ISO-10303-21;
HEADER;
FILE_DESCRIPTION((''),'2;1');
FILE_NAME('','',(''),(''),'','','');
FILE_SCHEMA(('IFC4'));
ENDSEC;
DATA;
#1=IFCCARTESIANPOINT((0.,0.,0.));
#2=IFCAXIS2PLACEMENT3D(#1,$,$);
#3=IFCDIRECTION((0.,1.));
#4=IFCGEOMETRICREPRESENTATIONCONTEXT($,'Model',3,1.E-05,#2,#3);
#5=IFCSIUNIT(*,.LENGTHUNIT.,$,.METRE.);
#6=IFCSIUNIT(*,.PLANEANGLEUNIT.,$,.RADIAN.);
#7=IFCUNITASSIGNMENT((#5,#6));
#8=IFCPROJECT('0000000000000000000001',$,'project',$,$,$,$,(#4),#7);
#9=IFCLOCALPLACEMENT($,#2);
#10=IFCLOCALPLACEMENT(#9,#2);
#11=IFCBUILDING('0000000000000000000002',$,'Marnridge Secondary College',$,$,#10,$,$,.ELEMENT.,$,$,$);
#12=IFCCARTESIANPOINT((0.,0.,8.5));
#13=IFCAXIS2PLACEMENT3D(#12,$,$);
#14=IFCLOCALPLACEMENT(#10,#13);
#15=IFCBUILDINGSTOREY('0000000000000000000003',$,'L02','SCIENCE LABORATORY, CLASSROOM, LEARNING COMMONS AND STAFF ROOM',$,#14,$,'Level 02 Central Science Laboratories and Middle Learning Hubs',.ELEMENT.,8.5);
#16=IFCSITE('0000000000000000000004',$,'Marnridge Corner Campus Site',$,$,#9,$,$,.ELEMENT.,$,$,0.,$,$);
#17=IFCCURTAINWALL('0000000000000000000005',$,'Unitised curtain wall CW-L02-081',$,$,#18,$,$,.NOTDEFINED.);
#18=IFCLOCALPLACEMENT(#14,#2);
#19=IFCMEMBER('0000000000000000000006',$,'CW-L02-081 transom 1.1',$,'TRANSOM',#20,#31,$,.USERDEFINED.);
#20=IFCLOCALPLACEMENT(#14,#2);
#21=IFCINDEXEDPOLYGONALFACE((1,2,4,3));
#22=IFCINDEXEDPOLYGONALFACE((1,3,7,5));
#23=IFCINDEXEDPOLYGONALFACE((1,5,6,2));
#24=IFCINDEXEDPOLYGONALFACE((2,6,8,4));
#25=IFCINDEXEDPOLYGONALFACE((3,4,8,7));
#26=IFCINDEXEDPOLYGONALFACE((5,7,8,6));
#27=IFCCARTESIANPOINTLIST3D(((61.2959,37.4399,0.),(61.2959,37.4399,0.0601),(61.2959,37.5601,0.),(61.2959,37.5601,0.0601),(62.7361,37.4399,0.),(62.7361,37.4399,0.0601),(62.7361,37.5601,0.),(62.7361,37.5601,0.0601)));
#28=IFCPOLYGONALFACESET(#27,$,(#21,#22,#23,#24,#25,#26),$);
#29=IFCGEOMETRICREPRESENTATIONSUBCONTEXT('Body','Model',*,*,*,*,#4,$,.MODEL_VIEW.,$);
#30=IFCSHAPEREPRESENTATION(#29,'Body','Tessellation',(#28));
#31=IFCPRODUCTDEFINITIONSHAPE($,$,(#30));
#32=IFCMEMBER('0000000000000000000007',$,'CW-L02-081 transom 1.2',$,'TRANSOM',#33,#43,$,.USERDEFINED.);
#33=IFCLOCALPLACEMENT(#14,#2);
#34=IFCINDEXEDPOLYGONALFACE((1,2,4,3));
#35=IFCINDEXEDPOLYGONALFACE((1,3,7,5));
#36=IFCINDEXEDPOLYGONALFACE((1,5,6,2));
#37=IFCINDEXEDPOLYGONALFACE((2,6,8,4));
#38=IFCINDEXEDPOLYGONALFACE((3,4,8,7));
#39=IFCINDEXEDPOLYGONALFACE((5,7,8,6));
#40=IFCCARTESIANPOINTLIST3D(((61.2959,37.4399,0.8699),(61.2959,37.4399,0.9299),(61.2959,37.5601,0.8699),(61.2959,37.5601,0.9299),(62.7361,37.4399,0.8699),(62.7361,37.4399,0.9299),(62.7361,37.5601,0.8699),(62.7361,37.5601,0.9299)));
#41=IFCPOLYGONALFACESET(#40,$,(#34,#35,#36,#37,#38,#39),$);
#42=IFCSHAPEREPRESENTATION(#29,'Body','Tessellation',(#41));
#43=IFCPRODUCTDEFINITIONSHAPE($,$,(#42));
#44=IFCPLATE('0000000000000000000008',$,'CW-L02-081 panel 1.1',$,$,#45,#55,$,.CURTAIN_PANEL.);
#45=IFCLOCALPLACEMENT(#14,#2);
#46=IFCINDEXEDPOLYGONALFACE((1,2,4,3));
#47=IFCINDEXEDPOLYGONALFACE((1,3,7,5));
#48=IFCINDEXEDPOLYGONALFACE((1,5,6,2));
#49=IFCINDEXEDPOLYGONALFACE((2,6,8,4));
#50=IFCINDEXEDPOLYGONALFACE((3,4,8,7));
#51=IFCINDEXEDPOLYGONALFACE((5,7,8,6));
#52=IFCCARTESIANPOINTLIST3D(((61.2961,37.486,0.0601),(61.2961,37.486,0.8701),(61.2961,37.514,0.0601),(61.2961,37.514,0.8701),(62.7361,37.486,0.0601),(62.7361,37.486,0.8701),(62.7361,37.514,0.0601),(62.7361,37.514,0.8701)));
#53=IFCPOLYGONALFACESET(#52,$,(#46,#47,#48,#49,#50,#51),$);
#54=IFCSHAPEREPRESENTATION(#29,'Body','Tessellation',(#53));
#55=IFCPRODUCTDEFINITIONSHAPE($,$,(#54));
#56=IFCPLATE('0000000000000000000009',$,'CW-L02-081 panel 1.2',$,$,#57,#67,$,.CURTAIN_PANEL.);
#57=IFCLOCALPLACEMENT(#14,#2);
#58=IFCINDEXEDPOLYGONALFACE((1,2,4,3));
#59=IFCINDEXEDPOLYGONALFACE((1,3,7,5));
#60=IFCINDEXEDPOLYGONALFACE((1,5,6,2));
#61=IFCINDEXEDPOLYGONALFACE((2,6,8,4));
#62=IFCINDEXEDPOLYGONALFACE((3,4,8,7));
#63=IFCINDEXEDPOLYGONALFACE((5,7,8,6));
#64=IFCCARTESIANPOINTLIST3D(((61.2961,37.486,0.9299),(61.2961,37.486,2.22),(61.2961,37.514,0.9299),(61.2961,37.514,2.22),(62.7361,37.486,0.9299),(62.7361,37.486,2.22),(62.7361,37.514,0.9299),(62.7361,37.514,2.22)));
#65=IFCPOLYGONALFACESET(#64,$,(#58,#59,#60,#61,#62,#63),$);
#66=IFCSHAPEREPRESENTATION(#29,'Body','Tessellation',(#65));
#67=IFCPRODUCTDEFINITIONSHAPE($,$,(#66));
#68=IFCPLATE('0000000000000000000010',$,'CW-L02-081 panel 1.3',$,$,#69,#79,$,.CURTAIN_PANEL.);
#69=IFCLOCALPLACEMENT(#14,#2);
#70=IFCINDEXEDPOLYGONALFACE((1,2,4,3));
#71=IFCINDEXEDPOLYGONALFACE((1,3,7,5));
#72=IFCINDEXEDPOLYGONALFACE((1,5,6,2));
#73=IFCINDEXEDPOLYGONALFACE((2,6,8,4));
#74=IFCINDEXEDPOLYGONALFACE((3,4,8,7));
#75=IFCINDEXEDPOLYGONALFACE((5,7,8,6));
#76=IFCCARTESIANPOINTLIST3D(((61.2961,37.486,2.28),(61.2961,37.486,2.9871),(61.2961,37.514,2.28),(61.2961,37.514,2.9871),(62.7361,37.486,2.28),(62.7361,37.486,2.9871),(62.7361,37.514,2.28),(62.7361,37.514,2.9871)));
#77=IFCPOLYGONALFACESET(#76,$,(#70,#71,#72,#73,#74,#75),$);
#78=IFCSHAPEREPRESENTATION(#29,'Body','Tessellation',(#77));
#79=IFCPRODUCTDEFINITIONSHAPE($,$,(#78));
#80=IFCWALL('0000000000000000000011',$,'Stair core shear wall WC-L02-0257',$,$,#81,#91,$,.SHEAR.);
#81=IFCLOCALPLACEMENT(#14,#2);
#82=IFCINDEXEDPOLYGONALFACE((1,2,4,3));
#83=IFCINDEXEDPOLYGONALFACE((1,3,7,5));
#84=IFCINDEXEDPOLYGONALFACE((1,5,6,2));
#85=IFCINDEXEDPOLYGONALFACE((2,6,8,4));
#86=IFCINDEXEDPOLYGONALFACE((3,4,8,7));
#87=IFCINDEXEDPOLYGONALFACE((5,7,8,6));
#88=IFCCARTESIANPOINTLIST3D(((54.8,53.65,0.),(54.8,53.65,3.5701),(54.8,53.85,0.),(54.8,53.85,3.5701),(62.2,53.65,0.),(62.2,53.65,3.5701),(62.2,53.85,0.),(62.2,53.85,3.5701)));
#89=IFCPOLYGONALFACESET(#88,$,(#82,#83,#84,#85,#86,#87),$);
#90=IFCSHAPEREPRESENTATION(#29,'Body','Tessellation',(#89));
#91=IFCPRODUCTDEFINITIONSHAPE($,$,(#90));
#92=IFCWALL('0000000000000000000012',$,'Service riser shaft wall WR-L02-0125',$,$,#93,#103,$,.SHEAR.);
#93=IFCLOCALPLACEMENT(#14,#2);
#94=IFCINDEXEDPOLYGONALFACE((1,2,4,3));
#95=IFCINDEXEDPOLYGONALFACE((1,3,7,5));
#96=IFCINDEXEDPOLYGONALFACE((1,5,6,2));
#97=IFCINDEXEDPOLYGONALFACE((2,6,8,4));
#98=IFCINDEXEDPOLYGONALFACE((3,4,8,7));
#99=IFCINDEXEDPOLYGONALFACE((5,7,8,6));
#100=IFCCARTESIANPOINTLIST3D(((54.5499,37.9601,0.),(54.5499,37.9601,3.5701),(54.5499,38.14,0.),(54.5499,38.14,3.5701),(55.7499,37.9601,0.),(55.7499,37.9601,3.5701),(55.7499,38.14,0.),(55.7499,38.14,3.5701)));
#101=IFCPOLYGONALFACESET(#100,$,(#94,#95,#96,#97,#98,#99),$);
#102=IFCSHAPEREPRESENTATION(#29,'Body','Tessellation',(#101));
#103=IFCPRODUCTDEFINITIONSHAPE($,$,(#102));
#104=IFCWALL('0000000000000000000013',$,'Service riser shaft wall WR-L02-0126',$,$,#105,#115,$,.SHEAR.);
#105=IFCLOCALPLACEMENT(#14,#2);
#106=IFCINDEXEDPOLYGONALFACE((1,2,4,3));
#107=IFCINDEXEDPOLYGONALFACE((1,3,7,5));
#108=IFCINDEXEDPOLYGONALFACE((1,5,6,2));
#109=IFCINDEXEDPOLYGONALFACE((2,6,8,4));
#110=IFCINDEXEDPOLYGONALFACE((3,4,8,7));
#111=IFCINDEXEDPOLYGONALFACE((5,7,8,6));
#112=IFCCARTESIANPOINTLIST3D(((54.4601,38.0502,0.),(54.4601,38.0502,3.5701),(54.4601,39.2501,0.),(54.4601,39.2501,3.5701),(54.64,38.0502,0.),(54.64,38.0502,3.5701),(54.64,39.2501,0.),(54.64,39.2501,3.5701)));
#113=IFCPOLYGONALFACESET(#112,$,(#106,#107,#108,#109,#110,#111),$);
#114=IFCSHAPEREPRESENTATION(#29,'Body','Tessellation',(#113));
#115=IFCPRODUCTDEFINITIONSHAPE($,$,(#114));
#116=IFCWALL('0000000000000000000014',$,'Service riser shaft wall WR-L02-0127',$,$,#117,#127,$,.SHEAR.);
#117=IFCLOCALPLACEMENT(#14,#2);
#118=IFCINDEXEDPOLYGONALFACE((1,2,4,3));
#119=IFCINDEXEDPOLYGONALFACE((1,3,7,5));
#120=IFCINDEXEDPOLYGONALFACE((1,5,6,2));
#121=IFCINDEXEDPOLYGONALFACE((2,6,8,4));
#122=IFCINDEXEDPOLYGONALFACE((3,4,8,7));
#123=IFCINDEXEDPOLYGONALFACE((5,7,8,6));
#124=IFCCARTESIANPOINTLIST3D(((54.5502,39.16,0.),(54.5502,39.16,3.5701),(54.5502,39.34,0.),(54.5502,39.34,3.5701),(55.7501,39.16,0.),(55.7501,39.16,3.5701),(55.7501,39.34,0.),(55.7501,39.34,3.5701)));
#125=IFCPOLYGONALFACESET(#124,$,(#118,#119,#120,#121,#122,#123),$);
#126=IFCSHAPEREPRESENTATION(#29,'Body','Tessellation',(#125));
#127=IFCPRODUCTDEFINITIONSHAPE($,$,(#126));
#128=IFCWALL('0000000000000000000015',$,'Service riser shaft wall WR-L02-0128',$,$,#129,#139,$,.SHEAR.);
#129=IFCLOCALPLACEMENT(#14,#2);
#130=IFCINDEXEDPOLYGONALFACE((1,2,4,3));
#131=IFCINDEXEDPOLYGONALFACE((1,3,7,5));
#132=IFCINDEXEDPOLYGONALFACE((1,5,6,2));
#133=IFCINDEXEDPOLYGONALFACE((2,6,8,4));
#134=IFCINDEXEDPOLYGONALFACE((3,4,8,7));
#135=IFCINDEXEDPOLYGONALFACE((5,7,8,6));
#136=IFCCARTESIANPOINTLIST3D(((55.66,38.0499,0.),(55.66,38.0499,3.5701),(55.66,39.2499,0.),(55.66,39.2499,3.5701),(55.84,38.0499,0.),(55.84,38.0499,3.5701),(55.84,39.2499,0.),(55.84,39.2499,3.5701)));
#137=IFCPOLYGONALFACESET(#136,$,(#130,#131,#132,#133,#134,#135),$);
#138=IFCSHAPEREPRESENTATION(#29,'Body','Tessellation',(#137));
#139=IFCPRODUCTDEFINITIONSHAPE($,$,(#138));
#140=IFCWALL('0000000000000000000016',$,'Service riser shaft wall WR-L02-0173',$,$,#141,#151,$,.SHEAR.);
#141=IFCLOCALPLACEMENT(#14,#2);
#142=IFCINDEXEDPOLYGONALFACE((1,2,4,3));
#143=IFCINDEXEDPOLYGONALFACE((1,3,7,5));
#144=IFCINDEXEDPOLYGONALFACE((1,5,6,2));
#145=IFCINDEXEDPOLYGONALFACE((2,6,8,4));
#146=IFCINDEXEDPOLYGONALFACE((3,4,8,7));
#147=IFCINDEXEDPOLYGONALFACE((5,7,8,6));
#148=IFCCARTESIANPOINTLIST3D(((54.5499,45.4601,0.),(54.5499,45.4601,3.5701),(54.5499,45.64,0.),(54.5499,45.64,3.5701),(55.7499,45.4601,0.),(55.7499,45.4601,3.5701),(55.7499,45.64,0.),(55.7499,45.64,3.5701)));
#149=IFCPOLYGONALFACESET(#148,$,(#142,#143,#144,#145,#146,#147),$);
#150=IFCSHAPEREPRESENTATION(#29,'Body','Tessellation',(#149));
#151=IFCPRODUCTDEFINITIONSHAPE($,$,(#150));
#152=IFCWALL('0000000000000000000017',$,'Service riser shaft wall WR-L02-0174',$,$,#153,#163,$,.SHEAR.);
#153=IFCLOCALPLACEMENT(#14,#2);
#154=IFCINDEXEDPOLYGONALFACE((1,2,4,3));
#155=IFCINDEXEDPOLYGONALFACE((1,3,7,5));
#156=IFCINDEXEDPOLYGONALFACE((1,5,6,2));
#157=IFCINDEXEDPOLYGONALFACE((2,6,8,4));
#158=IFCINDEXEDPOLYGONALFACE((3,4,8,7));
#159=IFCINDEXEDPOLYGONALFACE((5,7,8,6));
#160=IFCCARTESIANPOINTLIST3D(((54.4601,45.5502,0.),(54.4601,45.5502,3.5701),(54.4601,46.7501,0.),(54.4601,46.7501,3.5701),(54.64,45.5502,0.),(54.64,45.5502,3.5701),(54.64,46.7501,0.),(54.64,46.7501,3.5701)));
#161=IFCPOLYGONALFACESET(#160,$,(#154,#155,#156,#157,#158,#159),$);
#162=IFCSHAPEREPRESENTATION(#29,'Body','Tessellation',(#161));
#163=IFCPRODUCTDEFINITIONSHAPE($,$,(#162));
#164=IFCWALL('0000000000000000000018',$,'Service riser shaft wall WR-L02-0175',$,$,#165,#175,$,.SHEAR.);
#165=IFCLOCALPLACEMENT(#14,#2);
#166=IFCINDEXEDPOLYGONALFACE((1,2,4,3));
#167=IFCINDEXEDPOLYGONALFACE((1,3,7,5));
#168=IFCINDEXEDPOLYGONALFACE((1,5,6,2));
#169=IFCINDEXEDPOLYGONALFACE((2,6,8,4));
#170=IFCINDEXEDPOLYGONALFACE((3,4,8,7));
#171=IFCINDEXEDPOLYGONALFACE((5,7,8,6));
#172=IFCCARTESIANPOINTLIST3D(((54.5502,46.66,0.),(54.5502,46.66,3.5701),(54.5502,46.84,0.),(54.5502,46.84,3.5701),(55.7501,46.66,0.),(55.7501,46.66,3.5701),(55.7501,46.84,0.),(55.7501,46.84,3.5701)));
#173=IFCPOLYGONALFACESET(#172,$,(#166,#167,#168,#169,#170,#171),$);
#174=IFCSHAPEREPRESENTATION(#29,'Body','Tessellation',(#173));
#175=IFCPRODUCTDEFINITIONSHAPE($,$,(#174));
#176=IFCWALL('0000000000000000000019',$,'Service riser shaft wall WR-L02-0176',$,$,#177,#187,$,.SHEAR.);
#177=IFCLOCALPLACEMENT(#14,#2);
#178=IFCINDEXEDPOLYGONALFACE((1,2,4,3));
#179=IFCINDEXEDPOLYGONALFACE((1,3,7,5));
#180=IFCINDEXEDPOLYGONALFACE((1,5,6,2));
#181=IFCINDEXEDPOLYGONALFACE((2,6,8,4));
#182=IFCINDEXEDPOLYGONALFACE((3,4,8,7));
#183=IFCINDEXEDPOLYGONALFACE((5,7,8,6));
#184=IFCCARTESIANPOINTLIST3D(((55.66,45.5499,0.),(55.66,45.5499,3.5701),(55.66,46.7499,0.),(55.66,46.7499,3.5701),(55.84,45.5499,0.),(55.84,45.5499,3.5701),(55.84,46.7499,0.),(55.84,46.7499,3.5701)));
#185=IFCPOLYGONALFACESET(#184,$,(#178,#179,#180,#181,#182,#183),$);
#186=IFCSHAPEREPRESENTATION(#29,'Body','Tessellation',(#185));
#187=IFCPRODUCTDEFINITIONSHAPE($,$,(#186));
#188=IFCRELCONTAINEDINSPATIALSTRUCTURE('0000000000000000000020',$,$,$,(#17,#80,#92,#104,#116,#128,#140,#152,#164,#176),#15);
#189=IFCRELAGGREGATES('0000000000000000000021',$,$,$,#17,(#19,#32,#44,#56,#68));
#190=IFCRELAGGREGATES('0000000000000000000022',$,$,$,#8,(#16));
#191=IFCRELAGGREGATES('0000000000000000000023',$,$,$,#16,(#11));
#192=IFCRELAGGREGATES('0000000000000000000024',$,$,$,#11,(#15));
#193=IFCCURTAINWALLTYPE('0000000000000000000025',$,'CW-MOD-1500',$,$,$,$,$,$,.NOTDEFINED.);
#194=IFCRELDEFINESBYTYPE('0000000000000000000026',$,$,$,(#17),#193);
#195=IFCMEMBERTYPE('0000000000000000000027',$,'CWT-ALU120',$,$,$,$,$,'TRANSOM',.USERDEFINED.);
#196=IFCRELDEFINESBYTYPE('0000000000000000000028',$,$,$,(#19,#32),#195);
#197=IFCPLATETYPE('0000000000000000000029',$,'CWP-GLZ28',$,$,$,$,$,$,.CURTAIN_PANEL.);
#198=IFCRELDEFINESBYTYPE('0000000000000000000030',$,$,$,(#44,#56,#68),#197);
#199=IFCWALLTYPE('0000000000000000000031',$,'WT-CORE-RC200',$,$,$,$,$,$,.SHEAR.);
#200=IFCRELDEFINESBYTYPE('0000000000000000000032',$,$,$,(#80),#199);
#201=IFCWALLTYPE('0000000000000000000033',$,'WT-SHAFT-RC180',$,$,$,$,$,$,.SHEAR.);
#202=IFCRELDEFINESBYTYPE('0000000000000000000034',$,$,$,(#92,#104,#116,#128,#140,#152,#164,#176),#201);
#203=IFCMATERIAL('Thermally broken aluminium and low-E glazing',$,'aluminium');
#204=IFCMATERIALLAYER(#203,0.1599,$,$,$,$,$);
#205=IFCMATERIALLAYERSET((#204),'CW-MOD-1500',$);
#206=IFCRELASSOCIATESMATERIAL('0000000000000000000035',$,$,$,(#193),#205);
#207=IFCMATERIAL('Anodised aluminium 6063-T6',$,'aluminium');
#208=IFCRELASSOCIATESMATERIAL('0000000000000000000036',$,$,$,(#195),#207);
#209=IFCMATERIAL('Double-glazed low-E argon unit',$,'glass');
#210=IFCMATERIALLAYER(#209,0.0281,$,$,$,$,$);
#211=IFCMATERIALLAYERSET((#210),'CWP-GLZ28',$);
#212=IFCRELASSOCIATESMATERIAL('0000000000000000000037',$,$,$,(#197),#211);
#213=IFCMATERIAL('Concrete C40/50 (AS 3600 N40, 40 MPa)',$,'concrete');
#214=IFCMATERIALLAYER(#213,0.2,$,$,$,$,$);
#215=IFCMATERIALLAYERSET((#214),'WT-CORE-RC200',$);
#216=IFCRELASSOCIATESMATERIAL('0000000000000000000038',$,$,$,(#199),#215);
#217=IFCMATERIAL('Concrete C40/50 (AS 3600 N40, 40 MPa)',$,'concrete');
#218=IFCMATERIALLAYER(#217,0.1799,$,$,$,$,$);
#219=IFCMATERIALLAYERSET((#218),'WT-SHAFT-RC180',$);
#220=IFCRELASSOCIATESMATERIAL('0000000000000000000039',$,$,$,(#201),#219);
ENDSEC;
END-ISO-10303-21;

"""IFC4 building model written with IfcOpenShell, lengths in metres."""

from ifc_helpers import new_model, si_unit, direction, frame, frame_2d, origin, origin_2d, place, context, subcontext, project, spatial, rectangle, extrude, material, layer, layer_set, material_profile, profile_set, type_object, element, aggregate, save


model = new_model("IFC4")

# Units and contexts
model_context = context("Model", 3, precision=1e-05, world=origin(), true_north=direction((0.0, 1.0)))
body_context = subcontext(model_context, "Body", "Model", "MODEL_VIEW")
ifc_project = project(units=[si_unit("LENGTHUNIT", "METRE"), si_unit("PLANEANGLEUNIT", "RADIAN")], contexts=[model_context])

# Site, building, storey
site_placement = place(None, origin())
site = spatial("IfcSite", under=ifc_project, at=site_placement, Name="Marnridge Corner Campus Site", CompositionType="ELEMENT", RefElevation=0.0)
building_placement = place(site_placement, origin())
building = spatial("IfcBuilding", under=site, at=building_placement, Name="Marnridge Secondary College", CompositionType="ELEMENT")
storey_placement = place(building_placement, frame((0.0, 0.0, 8.5)))
storey = spatial("IfcBuildingStorey", under=building, at=storey_placement, Name="L02", Description="SCIENCE LABORATORY, CLASSROOM, LEARNING COMMONS AND STAFF ROOM", LongName="Level 02 Central Science Laboratories and Middle Learning Hubs", CompositionType="ELEMENT", Elevation=8.5)

# Curtain wall, members, plates
ifc_material_1 = material(Name="Thermally broken aluminium and low-E glazing", Category="aluminium")
ifc_layer_1 = layer(ifc_material_1, 0.1599)
ifc_layer_set_1 = layer_set([ifc_layer_1], Name="CW-MOD-1500")
curtain_wall_type = type_object("IfcCurtainWallType", Name="CW-MOD-1500", PredefinedType="NOTDEFINED", material=ifc_layer_set_1)
curtain_wall_placement = place(storey_placement, origin())
curtain_wall = element("IfcCurtainWall", 1, at=curtain_wall_placement, inside=storey, type_object=curtain_wall_type, Name="Unitised curtain wall CW-L02-081", PredefinedType="NOTDEFINED")
ifc_material_2 = material(Name="Anodised aluminium 6063-T6", Category="aluminium")
ifc_material_profile_1 = material_profile(ifc_material_2, rectangle(XDim=0.0601, YDim=0.1201, at=origin_2d()), Name="ALU 60x120")
ifc_profile_set_1 = profile_set([ifc_material_profile_1], Name="Anodised aluminium 6063-T6")
member_type_1 = type_object("IfcMemberType", Name="CWT-ALU120", ElementType="TRANSOM", PredefinedType="USERDEFINED", material=ifc_profile_set_1)
member_1_placement = place(storey_placement, frame((62.7361, 37.5, 0.03), z_axis=(-1.0, 0.0, 0.0), x_axis=(0.0, 0.0, 1.0)))
member_1 = element("IfcMember", 2, at=member_1_placement, type_object=member_type_1, Name="CW-L02-081 transom 1.1", ObjectType="TRANSOM", PredefinedType="USERDEFINED", context=body_context, shape_type="SweptSolid", body=[
    extrude(rectangle(XDim=0.0601, YDim=0.1201, at=origin_2d()), origin(), (0.0, 0.0, 1.0), 1.4402),
])
member_2_placement = place(storey_placement, frame((62.7361, 37.5, 0.8999), z_axis=(-1.0, 0.0, 0.0), x_axis=(0.0, 0.0, 1.0)))
member_2 = element("IfcMember", 3, at=member_2_placement, type_object=member_type_1, Name="CW-L02-081 transom 1.2", ObjectType="TRANSOM", PredefinedType="USERDEFINED", context=body_context, shape_type="SweptSolid", body=[
    extrude(rectangle(XDim=0.0601, YDim=0.1201, at=origin_2d()), origin(), (0.0, 0.0, 1.0), 1.4402),
])
ifc_material_3 = material(Name="Double-glazed low-E argon unit", Category="glass")
ifc_layer_2 = layer(ifc_material_3, 0.0281)
ifc_layer_set_2 = layer_set([ifc_layer_2], Name="CWP-GLZ28")
plate_type = type_object("IfcPlateType", Name="CWP-GLZ28", PredefinedType="CURTAIN_PANEL", material=ifc_layer_set_2)
plate_1_placement = place(storey_placement, frame((62.0161, 37.5, 0.0601), z_axis=(0.0, 0.0, 1.0), x_axis=(-1.0, 0.0, 0.0)))
plate_1 = element("IfcPlate", 4, at=plate_1_placement, type_object=plate_type, Name="CW-L02-081 panel 1.1", PredefinedType="CURTAIN_PANEL", context=body_context, shape_type="SweptSolid", body=[
    extrude(rectangle(XDim=1.4399, YDim=0.0281, at=origin_2d()), origin(), (0.0, 0.0, 1.0), 0.8101),
])
plate_2_placement = place(storey_placement, frame((62.0161, 37.5, 0.9299), z_axis=(0.0, 0.0, 1.0), x_axis=(-1.0, 0.0, 0.0)))
plate_2 = element("IfcPlate", 5, at=plate_2_placement, type_object=plate_type, Name="CW-L02-081 panel 1.2", PredefinedType="CURTAIN_PANEL", context=body_context, shape_type="SweptSolid", body=[
    extrude(rectangle(XDim=1.4399, YDim=0.0281, at=origin_2d()), origin(), (0.0, 0.0, 1.0), 1.29),
])
plate_3_placement = place(storey_placement, frame((62.0161, 37.5, 2.28), z_axis=(0.0, 0.0, 1.0), x_axis=(-1.0, 0.0, 0.0)))
plate_3 = element("IfcPlate", 6, at=plate_3_placement, type_object=plate_type, Name="CW-L02-081 panel 1.3", PredefinedType="CURTAIN_PANEL", context=body_context, shape_type="SweptSolid", body=[
    extrude(rectangle(XDim=1.4399, YDim=0.0281, at=origin_2d()), origin(), (0.0, 0.0, 1.0), 0.707),
])
aggregate(curtain_wall, [member_1, member_2, plate_1, plate_2, plate_3])

# Wall
ifc_material_4 = material(Name="Concrete C40/50 (AS 3600 N40, 40 MPa)", Category="concrete")
ifc_layer_3 = layer(ifc_material_4, 0.2)
ifc_layer_set_3 = layer_set([ifc_layer_3], Name="WT-CORE-RC200")
wall_type_1 = type_object("IfcWallType", Name="WT-CORE-RC200", PredefinedType="SHEAR", material=ifc_layer_set_3)
wall_1_placement = place(storey_placement, frame((54.8, 53.75, 0.0), z_axis=(0.0, 0.0, 1.0), x_axis=(1.0, 0.0, 0.0)))
element("IfcWall", 7, at=wall_1_placement, inside=storey, type_object=wall_type_1, Name="Stair core shear wall WC-L02-0257", PredefinedType="SHEAR", context=body_context, shape_type="SweptSolid", body=[
    extrude(rectangle(XDim=7.3999, YDim=0.2, at=frame_2d((3.7, 0.0))), origin(), (0.0, 0.0, 1.0), 3.5701),
])

# Walls
ifc_material_5 = material(Name="Concrete C40/50 (AS 3600 N40, 40 MPa)", Category="concrete")
ifc_layer_4 = layer(ifc_material_5, 0.1799)
ifc_layer_set_4 = layer_set([ifc_layer_4], Name="WT-SHAFT-RC180")
wall_type_2 = type_object("IfcWallType", Name="WT-SHAFT-RC180", PredefinedType="SHEAR", material=ifc_layer_set_4)
for number, where, z_axis, x_axis, name in (
    (8, (55.75, 38.05, 0.0), (0.0, 0.0, 1.0), (-1.0, 0.0, 0.0), "Service riser shaft wall WR-L02-0125"),
    (9, (54.55, 38.05, 0.0), (0.0, 0.0, 1.0), (0.0, 1.0, 0.0), "Service riser shaft wall WR-L02-0126"),
    (10, (54.55, 39.25, 0.0), (0.0, 0.0, 1.0), (1.0, 0.0, 0.0), "Service riser shaft wall WR-L02-0127"),
    (11, (55.75, 39.25, 0.0), (0.0, 0.0, 1.0), (0.0, -1.0, 0.0), "Service riser shaft wall WR-L02-0128"),
    (12, (55.75, 45.55, 0.0), (0.0, 0.0, 1.0), (-1.0, 0.0, 0.0), "Service riser shaft wall WR-L02-0173"),
    (13, (54.55, 45.55, 0.0), (0.0, 0.0, 1.0), (0.0, 1.0, 0.0), "Service riser shaft wall WR-L02-0174"),
    (14, (54.55, 46.75, 0.0), (0.0, 0.0, 1.0), (1.0, 0.0, 0.0), "Service riser shaft wall WR-L02-0175"),
    (15, (55.75, 46.75, 0.0), (0.0, 0.0, 1.0), (0.0, -1.0, 0.0), "Service riser shaft wall WR-L02-0176"),
):
    element("IfcWall", number, at=place(storey_placement, frame(where, z_axis=z_axis, x_axis=x_axis)), inside=storey, type_object=wall_type_2, Name=name, PredefinedType="SHEAR", context=body_context, shape_type="SweptSolid", body=[
        extrude(rectangle(XDim=1.2, YDim=0.1799, at=frame_2d((0.6001, 0.0))), origin(), (0.0, 0.0, 1.0), 3.5701),
    ])

save(model, "model.ifc")
